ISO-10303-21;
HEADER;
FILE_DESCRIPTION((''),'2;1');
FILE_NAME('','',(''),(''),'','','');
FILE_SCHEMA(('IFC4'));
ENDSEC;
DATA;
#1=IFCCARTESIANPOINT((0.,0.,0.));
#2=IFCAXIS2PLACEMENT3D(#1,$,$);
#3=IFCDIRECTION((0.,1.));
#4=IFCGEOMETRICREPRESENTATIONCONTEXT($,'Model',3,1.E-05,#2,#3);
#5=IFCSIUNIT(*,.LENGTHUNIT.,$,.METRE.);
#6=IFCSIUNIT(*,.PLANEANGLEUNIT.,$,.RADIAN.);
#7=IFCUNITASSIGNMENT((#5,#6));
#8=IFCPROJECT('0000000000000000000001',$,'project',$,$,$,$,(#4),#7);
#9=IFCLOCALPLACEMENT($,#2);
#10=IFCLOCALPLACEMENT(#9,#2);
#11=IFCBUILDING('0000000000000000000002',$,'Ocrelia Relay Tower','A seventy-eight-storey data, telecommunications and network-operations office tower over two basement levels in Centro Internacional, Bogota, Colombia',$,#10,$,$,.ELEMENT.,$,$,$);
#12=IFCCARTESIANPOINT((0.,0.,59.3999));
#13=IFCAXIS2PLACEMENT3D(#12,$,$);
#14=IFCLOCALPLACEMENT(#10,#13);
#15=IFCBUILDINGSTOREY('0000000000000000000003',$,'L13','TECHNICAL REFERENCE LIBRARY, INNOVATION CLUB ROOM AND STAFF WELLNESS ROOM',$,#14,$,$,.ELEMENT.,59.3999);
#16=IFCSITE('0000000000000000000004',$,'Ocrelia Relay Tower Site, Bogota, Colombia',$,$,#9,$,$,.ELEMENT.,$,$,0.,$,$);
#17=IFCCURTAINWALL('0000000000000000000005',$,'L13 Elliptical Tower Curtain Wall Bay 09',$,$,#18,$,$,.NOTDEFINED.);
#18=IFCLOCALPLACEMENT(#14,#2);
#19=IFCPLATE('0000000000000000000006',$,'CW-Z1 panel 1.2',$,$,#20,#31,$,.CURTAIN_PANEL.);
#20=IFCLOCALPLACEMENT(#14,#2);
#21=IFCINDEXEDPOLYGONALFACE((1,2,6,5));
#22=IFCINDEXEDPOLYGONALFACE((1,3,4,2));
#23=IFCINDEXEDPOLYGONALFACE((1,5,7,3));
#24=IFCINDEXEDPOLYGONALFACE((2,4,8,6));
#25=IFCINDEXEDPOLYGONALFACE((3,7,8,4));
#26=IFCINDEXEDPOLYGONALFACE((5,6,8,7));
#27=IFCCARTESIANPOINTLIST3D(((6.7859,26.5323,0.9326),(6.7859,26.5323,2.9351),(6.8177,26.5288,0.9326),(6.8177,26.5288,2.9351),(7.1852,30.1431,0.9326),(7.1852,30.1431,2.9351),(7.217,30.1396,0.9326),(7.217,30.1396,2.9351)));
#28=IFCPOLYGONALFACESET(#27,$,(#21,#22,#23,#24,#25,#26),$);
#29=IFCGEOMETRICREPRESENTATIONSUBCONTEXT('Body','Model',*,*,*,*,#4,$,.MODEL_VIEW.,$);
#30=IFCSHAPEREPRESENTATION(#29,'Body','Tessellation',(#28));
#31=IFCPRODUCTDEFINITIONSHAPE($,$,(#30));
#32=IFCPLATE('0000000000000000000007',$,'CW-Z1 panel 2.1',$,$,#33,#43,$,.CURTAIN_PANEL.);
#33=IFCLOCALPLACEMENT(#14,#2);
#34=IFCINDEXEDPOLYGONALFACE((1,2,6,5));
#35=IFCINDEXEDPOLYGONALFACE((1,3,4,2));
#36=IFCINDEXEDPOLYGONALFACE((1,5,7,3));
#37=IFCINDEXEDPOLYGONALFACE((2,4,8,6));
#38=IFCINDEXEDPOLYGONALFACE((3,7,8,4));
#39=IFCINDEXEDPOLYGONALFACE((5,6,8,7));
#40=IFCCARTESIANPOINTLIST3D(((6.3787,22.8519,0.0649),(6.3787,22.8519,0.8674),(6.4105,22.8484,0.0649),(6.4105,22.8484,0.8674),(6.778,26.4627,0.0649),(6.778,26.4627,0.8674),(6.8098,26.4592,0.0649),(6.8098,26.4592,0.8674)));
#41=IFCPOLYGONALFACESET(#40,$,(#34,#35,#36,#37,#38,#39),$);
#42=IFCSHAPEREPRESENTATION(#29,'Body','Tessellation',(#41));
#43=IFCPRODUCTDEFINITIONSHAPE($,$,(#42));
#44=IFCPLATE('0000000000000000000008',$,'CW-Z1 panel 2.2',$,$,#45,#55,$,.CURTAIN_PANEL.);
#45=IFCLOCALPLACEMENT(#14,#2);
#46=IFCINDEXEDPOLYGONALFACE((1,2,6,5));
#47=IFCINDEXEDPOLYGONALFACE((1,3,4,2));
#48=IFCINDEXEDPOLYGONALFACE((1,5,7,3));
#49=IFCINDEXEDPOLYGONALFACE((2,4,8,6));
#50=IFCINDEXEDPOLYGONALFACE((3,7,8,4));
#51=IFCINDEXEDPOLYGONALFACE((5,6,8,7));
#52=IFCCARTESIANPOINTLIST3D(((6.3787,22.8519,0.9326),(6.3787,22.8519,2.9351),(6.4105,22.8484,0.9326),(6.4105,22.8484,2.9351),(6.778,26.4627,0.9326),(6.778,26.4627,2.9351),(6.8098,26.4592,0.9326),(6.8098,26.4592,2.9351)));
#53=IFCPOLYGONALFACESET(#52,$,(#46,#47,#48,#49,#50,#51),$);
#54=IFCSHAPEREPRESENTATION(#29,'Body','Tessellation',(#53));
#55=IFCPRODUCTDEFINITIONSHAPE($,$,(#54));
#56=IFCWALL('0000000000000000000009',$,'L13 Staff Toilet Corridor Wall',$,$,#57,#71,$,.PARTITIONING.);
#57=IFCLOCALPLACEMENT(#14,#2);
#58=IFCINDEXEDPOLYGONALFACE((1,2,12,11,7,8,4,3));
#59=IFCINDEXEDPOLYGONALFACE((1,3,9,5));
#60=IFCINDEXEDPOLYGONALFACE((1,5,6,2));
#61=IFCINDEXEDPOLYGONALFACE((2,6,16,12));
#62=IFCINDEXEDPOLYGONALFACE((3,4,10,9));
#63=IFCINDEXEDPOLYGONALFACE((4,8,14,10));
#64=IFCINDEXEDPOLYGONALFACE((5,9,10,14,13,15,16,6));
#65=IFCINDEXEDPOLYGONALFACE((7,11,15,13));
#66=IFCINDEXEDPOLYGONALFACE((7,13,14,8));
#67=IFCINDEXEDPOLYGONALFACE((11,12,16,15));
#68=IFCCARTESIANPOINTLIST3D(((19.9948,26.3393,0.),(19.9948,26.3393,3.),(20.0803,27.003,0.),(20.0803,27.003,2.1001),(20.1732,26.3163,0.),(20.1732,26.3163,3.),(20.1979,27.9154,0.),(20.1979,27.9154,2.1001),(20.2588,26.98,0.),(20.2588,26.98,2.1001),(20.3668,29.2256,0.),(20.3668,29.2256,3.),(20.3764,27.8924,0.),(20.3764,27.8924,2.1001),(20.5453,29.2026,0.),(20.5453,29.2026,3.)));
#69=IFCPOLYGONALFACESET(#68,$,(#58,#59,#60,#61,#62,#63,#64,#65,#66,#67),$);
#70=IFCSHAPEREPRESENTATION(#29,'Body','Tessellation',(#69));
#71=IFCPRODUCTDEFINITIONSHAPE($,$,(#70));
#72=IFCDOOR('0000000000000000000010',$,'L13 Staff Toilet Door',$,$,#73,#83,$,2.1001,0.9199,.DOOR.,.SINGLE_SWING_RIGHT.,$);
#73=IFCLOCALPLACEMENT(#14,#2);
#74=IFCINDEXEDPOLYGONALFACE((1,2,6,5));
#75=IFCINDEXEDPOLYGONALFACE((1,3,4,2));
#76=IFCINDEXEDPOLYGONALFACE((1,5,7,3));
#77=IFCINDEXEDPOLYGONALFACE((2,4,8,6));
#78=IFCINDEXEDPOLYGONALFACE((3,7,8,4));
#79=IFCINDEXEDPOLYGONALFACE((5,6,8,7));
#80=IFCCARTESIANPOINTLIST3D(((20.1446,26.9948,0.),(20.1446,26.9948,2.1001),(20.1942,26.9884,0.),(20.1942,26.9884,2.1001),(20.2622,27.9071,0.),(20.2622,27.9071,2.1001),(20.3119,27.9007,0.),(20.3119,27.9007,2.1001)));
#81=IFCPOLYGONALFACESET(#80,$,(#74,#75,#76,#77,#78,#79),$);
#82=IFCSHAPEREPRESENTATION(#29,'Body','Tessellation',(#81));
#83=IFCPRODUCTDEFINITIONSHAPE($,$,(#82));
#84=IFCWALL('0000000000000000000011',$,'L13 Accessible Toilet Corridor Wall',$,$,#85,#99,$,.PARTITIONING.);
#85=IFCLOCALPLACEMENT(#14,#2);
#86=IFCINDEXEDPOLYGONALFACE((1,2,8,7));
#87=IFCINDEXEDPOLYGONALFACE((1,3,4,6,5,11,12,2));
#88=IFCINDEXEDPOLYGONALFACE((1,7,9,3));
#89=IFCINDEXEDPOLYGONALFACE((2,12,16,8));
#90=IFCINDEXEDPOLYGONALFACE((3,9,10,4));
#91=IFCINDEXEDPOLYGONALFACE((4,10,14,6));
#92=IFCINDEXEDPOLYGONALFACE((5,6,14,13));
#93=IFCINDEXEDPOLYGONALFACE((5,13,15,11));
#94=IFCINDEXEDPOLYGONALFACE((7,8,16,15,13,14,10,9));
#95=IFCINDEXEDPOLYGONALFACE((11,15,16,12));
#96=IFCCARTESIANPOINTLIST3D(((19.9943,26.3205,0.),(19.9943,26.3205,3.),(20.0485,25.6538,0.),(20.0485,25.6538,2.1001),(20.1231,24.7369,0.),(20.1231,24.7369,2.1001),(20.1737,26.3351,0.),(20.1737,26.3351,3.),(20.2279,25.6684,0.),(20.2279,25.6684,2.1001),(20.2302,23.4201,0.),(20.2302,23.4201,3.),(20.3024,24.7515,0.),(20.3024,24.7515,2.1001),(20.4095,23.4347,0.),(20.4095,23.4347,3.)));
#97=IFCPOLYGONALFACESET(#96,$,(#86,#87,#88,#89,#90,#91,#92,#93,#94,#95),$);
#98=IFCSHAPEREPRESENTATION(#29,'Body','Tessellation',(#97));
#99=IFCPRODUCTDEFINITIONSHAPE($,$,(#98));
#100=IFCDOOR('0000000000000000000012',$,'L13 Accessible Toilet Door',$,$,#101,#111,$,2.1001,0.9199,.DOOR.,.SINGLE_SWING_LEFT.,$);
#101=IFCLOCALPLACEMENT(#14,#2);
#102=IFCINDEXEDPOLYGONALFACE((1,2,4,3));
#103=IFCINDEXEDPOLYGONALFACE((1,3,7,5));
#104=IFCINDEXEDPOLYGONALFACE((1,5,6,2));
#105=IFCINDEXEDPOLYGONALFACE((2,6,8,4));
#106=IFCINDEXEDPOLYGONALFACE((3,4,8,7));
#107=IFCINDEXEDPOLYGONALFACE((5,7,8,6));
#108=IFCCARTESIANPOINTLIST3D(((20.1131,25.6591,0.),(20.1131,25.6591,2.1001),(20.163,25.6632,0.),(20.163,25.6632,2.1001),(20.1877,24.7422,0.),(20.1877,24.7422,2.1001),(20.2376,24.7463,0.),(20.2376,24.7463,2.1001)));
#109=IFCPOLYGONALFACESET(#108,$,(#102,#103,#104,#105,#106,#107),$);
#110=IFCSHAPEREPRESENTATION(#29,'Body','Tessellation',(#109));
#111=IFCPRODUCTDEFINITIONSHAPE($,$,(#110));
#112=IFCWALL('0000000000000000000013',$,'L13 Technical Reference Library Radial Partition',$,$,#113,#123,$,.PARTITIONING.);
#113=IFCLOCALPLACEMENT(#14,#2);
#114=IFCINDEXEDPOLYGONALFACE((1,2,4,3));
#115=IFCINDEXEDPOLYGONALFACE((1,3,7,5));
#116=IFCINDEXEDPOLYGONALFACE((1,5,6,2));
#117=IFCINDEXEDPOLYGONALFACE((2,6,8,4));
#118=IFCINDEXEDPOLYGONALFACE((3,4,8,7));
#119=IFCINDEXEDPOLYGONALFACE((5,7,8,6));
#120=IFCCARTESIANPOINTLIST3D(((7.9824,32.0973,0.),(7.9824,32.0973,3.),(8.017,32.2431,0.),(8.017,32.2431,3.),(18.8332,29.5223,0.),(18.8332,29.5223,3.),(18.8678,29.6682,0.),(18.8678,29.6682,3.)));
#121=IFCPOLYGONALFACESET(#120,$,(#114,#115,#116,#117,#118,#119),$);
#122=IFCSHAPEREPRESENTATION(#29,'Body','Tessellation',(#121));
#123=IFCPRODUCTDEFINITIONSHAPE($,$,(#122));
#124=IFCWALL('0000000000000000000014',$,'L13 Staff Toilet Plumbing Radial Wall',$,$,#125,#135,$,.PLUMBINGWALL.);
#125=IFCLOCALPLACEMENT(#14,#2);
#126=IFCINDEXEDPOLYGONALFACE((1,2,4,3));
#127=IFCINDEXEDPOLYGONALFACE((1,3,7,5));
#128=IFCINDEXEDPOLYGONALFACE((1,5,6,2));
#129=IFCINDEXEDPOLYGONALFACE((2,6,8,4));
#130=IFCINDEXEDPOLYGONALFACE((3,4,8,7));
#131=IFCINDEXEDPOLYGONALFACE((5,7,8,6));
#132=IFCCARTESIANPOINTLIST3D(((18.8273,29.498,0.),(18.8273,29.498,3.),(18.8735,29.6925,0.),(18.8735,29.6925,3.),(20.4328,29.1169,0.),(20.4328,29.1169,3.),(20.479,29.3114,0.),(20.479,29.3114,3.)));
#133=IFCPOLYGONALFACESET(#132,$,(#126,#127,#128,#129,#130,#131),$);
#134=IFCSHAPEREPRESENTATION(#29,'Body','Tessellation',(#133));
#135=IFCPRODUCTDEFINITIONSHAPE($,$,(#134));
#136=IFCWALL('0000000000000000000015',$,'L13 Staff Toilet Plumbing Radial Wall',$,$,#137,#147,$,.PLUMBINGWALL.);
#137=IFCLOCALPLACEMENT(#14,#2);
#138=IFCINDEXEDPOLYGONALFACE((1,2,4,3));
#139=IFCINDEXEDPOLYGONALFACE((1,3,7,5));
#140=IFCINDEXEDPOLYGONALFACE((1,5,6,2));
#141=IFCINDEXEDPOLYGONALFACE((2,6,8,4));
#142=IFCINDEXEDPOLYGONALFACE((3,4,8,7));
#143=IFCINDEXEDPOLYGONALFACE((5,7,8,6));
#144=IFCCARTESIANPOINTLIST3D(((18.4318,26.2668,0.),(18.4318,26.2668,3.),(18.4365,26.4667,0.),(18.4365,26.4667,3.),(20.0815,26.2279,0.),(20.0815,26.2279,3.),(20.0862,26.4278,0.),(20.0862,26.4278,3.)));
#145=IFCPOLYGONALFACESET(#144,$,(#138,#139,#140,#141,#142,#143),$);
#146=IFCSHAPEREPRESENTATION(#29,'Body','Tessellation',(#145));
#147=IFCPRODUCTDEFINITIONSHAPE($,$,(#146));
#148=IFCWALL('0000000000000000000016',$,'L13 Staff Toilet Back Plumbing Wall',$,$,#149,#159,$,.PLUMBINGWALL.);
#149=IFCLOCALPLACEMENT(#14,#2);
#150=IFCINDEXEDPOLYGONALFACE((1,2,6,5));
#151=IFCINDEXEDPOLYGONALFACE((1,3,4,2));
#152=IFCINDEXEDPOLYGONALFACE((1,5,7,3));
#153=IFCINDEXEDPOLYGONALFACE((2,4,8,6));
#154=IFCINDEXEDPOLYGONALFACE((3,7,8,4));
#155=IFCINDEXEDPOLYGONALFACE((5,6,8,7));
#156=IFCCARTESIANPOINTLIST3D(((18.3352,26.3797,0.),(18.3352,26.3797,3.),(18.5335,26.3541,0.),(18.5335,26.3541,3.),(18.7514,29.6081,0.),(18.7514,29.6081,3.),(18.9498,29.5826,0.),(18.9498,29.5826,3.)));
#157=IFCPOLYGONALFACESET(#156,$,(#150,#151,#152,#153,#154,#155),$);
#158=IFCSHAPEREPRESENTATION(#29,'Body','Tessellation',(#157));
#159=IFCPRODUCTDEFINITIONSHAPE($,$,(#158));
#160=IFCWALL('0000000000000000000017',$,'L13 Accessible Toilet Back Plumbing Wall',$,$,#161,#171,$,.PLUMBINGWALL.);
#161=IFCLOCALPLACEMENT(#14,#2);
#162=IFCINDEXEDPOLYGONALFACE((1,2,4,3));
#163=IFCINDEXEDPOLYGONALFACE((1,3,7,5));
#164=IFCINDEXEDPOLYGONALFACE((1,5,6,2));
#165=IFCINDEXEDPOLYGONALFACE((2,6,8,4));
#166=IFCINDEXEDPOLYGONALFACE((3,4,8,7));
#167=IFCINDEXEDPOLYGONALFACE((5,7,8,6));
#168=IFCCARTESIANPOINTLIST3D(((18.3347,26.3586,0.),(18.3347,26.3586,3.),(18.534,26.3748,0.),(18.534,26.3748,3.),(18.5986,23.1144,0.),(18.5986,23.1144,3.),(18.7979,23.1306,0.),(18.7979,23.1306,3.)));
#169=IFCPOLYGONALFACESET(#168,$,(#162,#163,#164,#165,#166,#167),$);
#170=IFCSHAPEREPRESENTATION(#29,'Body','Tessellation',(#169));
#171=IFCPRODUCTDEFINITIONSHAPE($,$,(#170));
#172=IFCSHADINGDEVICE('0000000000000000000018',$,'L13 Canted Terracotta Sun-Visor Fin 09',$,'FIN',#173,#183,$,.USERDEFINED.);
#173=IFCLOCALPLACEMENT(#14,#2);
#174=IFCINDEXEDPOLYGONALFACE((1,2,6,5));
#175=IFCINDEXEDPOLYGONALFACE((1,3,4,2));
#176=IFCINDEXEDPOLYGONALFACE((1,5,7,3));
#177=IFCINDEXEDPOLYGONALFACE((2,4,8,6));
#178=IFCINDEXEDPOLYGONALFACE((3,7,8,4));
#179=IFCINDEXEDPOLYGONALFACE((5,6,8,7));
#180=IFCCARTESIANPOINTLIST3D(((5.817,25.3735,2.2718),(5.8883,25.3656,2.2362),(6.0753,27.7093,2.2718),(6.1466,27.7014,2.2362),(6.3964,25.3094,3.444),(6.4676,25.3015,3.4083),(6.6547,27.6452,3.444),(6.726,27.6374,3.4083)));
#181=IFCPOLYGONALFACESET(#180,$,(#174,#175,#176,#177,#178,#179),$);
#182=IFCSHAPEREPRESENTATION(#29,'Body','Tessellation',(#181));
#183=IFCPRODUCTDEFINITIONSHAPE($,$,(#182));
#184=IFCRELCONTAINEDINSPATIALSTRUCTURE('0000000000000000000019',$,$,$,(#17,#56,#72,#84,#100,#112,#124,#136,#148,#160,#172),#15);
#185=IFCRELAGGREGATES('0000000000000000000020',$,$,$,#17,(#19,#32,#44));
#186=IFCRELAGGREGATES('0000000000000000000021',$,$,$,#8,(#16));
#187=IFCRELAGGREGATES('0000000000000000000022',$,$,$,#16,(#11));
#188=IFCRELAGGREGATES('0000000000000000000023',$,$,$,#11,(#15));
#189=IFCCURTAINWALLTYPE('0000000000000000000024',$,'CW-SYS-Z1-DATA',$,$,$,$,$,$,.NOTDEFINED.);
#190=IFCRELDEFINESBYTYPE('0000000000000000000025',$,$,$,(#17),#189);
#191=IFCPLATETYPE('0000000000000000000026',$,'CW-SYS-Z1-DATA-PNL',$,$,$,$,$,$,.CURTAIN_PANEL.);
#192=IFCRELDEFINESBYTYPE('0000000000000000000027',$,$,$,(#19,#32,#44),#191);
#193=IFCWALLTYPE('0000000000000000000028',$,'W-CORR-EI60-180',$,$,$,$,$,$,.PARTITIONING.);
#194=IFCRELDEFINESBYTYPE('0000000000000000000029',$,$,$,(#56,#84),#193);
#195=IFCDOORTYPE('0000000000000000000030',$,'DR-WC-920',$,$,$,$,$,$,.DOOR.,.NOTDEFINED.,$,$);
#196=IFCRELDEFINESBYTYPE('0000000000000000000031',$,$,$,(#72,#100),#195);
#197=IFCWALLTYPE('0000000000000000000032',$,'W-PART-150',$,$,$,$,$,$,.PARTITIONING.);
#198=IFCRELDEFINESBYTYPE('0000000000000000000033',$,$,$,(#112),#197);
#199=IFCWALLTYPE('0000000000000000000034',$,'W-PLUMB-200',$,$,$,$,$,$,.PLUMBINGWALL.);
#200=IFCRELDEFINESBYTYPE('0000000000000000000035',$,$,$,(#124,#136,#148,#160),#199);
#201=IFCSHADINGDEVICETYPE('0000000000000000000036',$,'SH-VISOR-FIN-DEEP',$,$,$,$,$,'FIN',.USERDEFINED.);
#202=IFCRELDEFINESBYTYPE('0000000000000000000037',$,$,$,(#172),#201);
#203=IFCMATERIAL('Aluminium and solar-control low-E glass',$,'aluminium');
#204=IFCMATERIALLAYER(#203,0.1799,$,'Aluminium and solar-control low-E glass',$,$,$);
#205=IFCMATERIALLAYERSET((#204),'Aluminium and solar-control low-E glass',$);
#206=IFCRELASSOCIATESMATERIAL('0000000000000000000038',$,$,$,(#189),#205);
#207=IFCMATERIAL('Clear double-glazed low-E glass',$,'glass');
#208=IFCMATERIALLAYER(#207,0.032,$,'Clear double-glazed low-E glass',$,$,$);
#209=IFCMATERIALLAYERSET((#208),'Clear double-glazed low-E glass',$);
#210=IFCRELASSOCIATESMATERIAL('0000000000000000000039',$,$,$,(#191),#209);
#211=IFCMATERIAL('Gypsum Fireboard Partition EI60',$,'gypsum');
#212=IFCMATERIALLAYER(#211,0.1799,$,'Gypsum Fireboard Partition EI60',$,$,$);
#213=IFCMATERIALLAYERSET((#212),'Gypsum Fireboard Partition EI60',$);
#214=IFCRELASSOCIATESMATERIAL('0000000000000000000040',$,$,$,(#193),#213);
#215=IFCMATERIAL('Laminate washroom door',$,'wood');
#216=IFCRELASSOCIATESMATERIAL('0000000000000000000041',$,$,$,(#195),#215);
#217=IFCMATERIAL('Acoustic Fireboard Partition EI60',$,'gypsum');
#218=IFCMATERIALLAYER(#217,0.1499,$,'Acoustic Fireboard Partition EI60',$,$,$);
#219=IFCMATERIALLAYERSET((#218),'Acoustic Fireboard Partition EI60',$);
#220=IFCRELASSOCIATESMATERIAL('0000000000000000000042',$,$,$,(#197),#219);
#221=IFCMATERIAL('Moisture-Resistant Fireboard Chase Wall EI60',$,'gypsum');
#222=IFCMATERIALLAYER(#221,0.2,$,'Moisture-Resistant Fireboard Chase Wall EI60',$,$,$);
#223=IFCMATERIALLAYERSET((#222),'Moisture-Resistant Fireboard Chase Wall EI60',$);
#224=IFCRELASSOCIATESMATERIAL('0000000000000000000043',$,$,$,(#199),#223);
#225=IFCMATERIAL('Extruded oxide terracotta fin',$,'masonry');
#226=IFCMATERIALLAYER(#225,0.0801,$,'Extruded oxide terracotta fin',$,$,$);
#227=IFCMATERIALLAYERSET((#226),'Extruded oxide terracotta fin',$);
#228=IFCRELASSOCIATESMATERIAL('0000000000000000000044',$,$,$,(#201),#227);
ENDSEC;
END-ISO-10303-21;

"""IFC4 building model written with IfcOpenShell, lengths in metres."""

from ifc_helpers import new_model, si_unit, direction, frame, frame_2d, origin, origin_2d, place, context, subcontext, project, spatial, rectangle, extrude, material, layer, layer_set, type_object, element, fill, aggregate, save


model = new_model("IFC4")

# Units and contexts
model_context = context("Model", 3, precision=1e-05, world=origin(), true_north=direction((0.0, 1.0)))
body_context = subcontext(model_context, "Body", "Model", "MODEL_VIEW")
ifc_project = project(units=[si_unit("LENGTHUNIT", "METRE"), si_unit("PLANEANGLEUNIT", "RADIAN")], contexts=[model_context])

# Site, building, storey
site_placement = place(None, origin())
site = spatial("IfcSite", under=ifc_project, at=site_placement, Name="Ocrelia Relay Tower Site, Bogota, Colombia", CompositionType="ELEMENT", RefElevation=0.0)
building_placement = place(site_placement, origin())
building = spatial("IfcBuilding", under=site, at=building_placement, Name="Ocrelia Relay Tower", Description="A seventy-eight-storey data, telecommunications and network-operations office tower over two basement levels in Centro Internacional, Bogota, Colombia", CompositionType="ELEMENT")
storey_placement = place(building_placement, frame((0.0, 0.0, 59.3999)))
storey = spatial("IfcBuildingStorey", under=building, at=storey_placement, Name="L13", Description="TECHNICAL REFERENCE LIBRARY, INNOVATION CLUB ROOM AND STAFF WELLNESS ROOM", CompositionType="ELEMENT", Elevation=59.3999)

# Curtain wall, plates
ifc_material_1 = material(Name="Aluminium and solar-control low-E glass", Category="aluminium")
ifc_layer_1 = layer(ifc_material_1, 0.1799, Name="Aluminium and solar-control low-E glass")
ifc_layer_set_1 = layer_set([ifc_layer_1], Name="Aluminium and solar-control low-E glass")
curtain_wall_type = type_object("IfcCurtainWallType", Name="CW-SYS-Z1-DATA", PredefinedType="NOTDEFINED", material=ifc_layer_set_1)
curtain_wall_placement = place(storey_placement, origin())
curtain_wall = element("IfcCurtainWall", 1, at=curtain_wall_placement, inside=storey, type_object=curtain_wall_type, Name="L13 Elliptical Tower Curtain Wall Bay 09", PredefinedType="NOTDEFINED")
ifc_material_2 = material(Name="Clear double-glazed low-E glass", Category="glass")
ifc_layer_2 = layer(ifc_material_2, 0.032, Name="Clear double-glazed low-E glass")
ifc_layer_set_2 = layer_set([ifc_layer_2], Name="Clear double-glazed low-E glass")
plate_type = type_object("IfcPlateType", Name="CW-SYS-Z1-DATA-PNL", PredefinedType="CURTAIN_PANEL", material=ifc_layer_set_2)
plate_1_placement = place(storey_placement, frame((7.0015, 28.3359, 0.9326), z_axis=(0.0, 0.0, 1.0), x_axis=(-0.109919, -0.993941, 0.0)))
plate_1 = element("IfcPlate", 2, at=plate_1_placement, type_object=plate_type, Name="CW-Z1 panel 1.2", PredefinedType="CURTAIN_PANEL", context=body_context, shape_type="SweptSolid", body=[
    extrude(rectangle(XDim=3.6328, YDim=0.032, at=origin_2d()), origin(), (0.0, 0.0, 1.0), 2.0024),
])
plate_2_placement = place(storey_placement, frame((6.5942, 24.6555, 0.0649), z_axis=(0.0, 0.0, 1.0), x_axis=(-0.109919, -0.993941, 0.0)))
plate_2 = element("IfcPlate", 3, at=plate_2_placement, type_object=plate_type, Name="CW-Z1 panel 2.1", PredefinedType="CURTAIN_PANEL", context=body_context, shape_type="SweptSolid", body=[
    extrude(rectangle(XDim=3.6328, YDim=0.032, at=origin_2d()), origin(), (0.0, 0.0, 1.0), 0.8025),
])
plate_3_placement = place(storey_placement, frame((6.5942, 24.6555, 0.9326), z_axis=(0.0, 0.0, 1.0), x_axis=(-0.109919, -0.993941, 0.0)))
plate_3 = element("IfcPlate", 4, at=plate_3_placement, type_object=plate_type, Name="CW-Z1 panel 2.2", PredefinedType="CURTAIN_PANEL", context=body_context, shape_type="SweptSolid", body=[
    extrude(rectangle(XDim=3.6328, YDim=0.032, at=origin_2d()), origin(), (0.0, 0.0, 1.0), 2.0024),
])
aggregate(curtain_wall, [plate_1, plate_2, plate_3])

# Walls, openings, doors
ifc_material_3 = material(Name="Gypsum Fireboard Partition EI60", Category="gypsum")
ifc_layer_3 = layer(ifc_material_3, 0.1799, Name="Gypsum Fireboard Partition EI60")
ifc_layer_set_3 = layer_set([ifc_layer_3], Name="Gypsum Fireboard Partition EI60")
wall_type_1 = type_object("IfcWallType", Name="W-CORR-EI60-180", PredefinedType="PARTITIONING", material=ifc_layer_set_3)
wall_1_placement = place(storey_placement, frame((20.4561, 29.2141, 0.0), z_axis=(0.0, 0.0, 1.0), x_axis=(-0.127854, -0.991793, 0.0)))
wall_1 = element("IfcWall", 5, at=wall_1_placement, inside=storey, type_object=wall_type_1, Name="L13 Staff Toilet Corridor Wall", PredefinedType="PARTITIONING", context=body_context, shape_type="SweptSolid", body=[
    extrude(rectangle(XDim=2.9102, YDim=0.1799, at=frame_2d((1.4551, 0.0))), origin(), (0.0, 0.0, 1.0), 3.0),
])
opening_1_placement = place(wall_1_placement, frame((1.321, 0.0, 0.0)))
opening_1 = element("IfcOpeningElement", 6, at=opening_1_placement, cuts=wall_1, PredefinedType="OPENING", context=body_context, shape_type="SweptSolid", body=[
    extrude(rectangle(XDim=0.9199, YDim=2.1001, at=frame_2d((0.46, 1.05))), frame((0.0, 0.1001, 0.0), z_axis=(0.0, -1.0, 0.0), x_axis=(1.0, 0.0, 0.0)), (0.0, 0.0, 1.0), 0.2),
])
ifc_material_4 = material(Name="Laminate washroom door", Category="wood")
door_type = type_object("IfcDoorType", Name="DR-WC-920", OperationType="NOTDEFINED", PredefinedType="DOOR", material=ifc_material_4)
door_1_placement = place(opening_1_placement, origin())
door_1 = element("IfcDoor", 7, at=door_1_placement, inside=storey, type_object=door_type, Name="L13 Staff Toilet Door", OperationType="SINGLE_SWING_RIGHT", OverallHeight=2.1001, OverallWidth=0.9199, PredefinedType="DOOR", context=body_context, shape_type="SweptSolid", body=[
    extrude(rectangle(XDim=0.9199, YDim=2.1001, at=frame_2d((0.46, 1.05))), frame((0.0, 0.0249, 0.0), z_axis=(0.0, -1.0, 0.0), x_axis=(1.0, 0.0, 0.0)), (0.0, 0.0, 1.0), 0.05),
])
fill(opening_1, door_1)
wall_2_placement = place(storey_placement, frame((20.084, 26.3279, 0.0), z_axis=(0.0, 0.0, 1.0), x_axis=(0.081046, -0.99671, 0.0)))
wall_2 = element("IfcWall", 8, at=wall_2_placement, inside=storey, type_object=wall_type_1, Name="L13 Accessible Toilet Corridor Wall", PredefinedType="PARTITIONING", context=body_context, shape_type="SweptSolid", body=[
    extrude(rectangle(XDim=2.9099, YDim=0.1799, at=frame_2d((1.4551, 0.0))), origin(), (0.0, 0.0, 1.0), 3.0),
])
opening_2_placement = place(wall_2_placement, frame((0.6689, 0.0, 0.0)))
opening_2 = element("IfcOpeningElement", 9, at=opening_2_placement, cuts=wall_2, PredefinedType="OPENING", context=body_context, shape_type="SweptSolid", body=[
    extrude(rectangle(XDim=0.9199, YDim=2.1001, at=frame_2d((0.46, 1.05))), frame((0.0, 0.1001, 0.0), z_axis=(0.0, -1.0, 0.0), x_axis=(1.0, 0.0, 0.0)), (0.0, 0.0, 1.0), 0.2),
])
door_2_placement = place(opening_2_placement, origin())
door_2 = element("IfcDoor", 10, at=door_2_placement, inside=storey, type_object=door_type, Name="L13 Accessible Toilet Door", OperationType="SINGLE_SWING_LEFT", OverallHeight=2.1001, OverallWidth=0.9199, PredefinedType="DOOR", context=body_context, shape_type="SweptSolid", body=[
    extrude(rectangle(XDim=0.9199, YDim=2.1001, at=frame_2d((0.46, 1.05))), frame((0.0, 0.0249, 0.0), z_axis=(0.0, -1.0, 0.0), x_axis=(1.0, 0.0, 0.0)), (0.0, 0.0, 1.0), 0.05),
])
fill(opening_2, door_2)

# Walls
ifc_material_5 = material(Name="Acoustic Fireboard Partition EI60", Category="gypsum")
ifc_layer_4 = layer(ifc_material_5, 0.1499, Name="Acoustic Fireboard Partition EI60")
ifc_layer_set_4 = layer_set([ifc_layer_4], Name="Acoustic Fireboard Partition EI60")
wall_type_2 = type_object("IfcWallType", Name="W-PART-150", PredefinedType="PARTITIONING", material=ifc_layer_set_4)
wall_3_placement = place(storey_placement, frame((18.8506, 29.5952, 0.0), z_axis=(0.0, 0.0, 1.0), x_axis=(-0.972979, 0.230892, 0.0)))
element("IfcWall", 11, at=wall_3_placement, inside=storey, type_object=wall_type_2, Name="L13 Technical Reference Library Radial Partition", PredefinedType="PARTITIONING", context=body_context, shape_type="SweptSolid", body=[
    extrude(rectangle(XDim=11.1521, YDim=0.1499, at=frame_2d((5.5762, 0.0))), origin(), (0.0, 0.0, 1.0), 3.0),
])
ifc_material_6 = material(Name="Moisture-Resistant Fireboard Chase Wall EI60", Category="gypsum")
ifc_layer_5 = layer(ifc_material_6, 0.2, Name="Moisture-Resistant Fireboard Chase Wall EI60")
ifc_layer_set_5 = layer_set([ifc_layer_5], Name="Moisture-Resistant Fireboard Chase Wall EI60")
wall_type_3 = type_object("IfcWallType", Name="W-PLUMB-200", PredefinedType="PLUMBINGWALL", material=ifc_layer_set_5)
for number, where, z_axis, x_axis, name in (
    (12, (20.4561, 29.2141, 0.0), (0.0, 0.0, 1.0), (-0.972963, 0.23096, 0.0), "L13 Staff Toilet Plumbing Radial Wall"),
    (13, (20.084, 26.3279, 0.0), (0.0, 0.0, 1.0), (-0.999723, 0.023525, 0.0), "L13 Staff Toilet Plumbing Radial Wall"),
):
    element("IfcWall", number, at=place(storey_placement, frame(where, z_axis=z_axis, x_axis=x_axis)), inside=storey, type_object=wall_type_3, Name=name, PredefinedType="PLUMBINGWALL", context=body_context, shape_type="SweptSolid", body=[
        extrude(rectangle(XDim=1.6501, YDim=0.2, at=frame_2d((0.8252, 0.0))), origin(), (0.0, 0.0, 1.0), 3.0),
    ])
wall_4_placement = place(storey_placement, frame((18.8506, 29.5952, 0.0), z_axis=(0.0, 0.0, 1.0), x_axis=(-0.127874, -0.99179, 0.0)))
element("IfcWall", 14, at=wall_4_placement, inside=storey, type_object=wall_type_3, Name="L13 Staff Toilet Back Plumbing Wall", PredefinedType="PLUMBINGWALL", context=body_context, shape_type="SweptSolid", body=[
    extrude(rectangle(XDim=3.2551, YDim=0.2, at=frame_2d((1.6274, 0.0))), origin(), (0.0, 0.0, 1.0), 3.0),
])
wall_5_placement = place(storey_placement, frame((18.4343, 26.3667, 0.0), z_axis=(0.0, 0.0, 1.0), x_axis=(0.081084, -0.996707, 0.0)))
element("IfcWall", 15, at=wall_5_placement, inside=storey, type_object=wall_type_3, Name="L13 Accessible Toilet Back Plumbing Wall", PredefinedType="PLUMBINGWALL", context=body_context, shape_type="SweptSolid", body=[
    extrude(rectangle(XDim=3.2549, YDim=0.2, at=frame_2d((1.6274, 0.0))), origin(), (0.0, 0.0, 1.0), 3.0),
])

# Shading device
ifc_material_7 = material(Name="Extruded oxide terracotta fin", Category="masonry")
ifc_layer_6 = layer(ifc_material_7, 0.0801, Name="Extruded oxide terracotta fin")
ifc_layer_set_6 = layer_set([ifc_layer_6], Name="Extruded oxide terracotta fin")
shading_device_type = type_object("IfcShadingDeviceType", Name="SH-VISOR-FIN-DEEP", ElementType="FIN", PredefinedType="USERDEFINED", material=ifc_layer_set_6)
shading_device_placement = place(storey_placement, frame((6.3071, 26.5015, 2.8223), z_axis=(-0.889975, 0.098422, 0.44526), x_axis=(-0.109919, -0.993941, 0.0)))
element("IfcShadingDevice", 16, at=shading_device_placement, inside=storey, type_object=shading_device_type, Name="L13 Canted Terracotta Sun-Visor Fin 09", ObjectType="FIN", PredefinedType="USERDEFINED", context=body_context, shape_type="SweptSolid", body=[
    extrude(rectangle(XDim=2.3501, YDim=1.3091, at=origin_2d()), origin(), (0.0, 0.0, 1.0), 0.0801),
])

save(model, "model.ifc")
